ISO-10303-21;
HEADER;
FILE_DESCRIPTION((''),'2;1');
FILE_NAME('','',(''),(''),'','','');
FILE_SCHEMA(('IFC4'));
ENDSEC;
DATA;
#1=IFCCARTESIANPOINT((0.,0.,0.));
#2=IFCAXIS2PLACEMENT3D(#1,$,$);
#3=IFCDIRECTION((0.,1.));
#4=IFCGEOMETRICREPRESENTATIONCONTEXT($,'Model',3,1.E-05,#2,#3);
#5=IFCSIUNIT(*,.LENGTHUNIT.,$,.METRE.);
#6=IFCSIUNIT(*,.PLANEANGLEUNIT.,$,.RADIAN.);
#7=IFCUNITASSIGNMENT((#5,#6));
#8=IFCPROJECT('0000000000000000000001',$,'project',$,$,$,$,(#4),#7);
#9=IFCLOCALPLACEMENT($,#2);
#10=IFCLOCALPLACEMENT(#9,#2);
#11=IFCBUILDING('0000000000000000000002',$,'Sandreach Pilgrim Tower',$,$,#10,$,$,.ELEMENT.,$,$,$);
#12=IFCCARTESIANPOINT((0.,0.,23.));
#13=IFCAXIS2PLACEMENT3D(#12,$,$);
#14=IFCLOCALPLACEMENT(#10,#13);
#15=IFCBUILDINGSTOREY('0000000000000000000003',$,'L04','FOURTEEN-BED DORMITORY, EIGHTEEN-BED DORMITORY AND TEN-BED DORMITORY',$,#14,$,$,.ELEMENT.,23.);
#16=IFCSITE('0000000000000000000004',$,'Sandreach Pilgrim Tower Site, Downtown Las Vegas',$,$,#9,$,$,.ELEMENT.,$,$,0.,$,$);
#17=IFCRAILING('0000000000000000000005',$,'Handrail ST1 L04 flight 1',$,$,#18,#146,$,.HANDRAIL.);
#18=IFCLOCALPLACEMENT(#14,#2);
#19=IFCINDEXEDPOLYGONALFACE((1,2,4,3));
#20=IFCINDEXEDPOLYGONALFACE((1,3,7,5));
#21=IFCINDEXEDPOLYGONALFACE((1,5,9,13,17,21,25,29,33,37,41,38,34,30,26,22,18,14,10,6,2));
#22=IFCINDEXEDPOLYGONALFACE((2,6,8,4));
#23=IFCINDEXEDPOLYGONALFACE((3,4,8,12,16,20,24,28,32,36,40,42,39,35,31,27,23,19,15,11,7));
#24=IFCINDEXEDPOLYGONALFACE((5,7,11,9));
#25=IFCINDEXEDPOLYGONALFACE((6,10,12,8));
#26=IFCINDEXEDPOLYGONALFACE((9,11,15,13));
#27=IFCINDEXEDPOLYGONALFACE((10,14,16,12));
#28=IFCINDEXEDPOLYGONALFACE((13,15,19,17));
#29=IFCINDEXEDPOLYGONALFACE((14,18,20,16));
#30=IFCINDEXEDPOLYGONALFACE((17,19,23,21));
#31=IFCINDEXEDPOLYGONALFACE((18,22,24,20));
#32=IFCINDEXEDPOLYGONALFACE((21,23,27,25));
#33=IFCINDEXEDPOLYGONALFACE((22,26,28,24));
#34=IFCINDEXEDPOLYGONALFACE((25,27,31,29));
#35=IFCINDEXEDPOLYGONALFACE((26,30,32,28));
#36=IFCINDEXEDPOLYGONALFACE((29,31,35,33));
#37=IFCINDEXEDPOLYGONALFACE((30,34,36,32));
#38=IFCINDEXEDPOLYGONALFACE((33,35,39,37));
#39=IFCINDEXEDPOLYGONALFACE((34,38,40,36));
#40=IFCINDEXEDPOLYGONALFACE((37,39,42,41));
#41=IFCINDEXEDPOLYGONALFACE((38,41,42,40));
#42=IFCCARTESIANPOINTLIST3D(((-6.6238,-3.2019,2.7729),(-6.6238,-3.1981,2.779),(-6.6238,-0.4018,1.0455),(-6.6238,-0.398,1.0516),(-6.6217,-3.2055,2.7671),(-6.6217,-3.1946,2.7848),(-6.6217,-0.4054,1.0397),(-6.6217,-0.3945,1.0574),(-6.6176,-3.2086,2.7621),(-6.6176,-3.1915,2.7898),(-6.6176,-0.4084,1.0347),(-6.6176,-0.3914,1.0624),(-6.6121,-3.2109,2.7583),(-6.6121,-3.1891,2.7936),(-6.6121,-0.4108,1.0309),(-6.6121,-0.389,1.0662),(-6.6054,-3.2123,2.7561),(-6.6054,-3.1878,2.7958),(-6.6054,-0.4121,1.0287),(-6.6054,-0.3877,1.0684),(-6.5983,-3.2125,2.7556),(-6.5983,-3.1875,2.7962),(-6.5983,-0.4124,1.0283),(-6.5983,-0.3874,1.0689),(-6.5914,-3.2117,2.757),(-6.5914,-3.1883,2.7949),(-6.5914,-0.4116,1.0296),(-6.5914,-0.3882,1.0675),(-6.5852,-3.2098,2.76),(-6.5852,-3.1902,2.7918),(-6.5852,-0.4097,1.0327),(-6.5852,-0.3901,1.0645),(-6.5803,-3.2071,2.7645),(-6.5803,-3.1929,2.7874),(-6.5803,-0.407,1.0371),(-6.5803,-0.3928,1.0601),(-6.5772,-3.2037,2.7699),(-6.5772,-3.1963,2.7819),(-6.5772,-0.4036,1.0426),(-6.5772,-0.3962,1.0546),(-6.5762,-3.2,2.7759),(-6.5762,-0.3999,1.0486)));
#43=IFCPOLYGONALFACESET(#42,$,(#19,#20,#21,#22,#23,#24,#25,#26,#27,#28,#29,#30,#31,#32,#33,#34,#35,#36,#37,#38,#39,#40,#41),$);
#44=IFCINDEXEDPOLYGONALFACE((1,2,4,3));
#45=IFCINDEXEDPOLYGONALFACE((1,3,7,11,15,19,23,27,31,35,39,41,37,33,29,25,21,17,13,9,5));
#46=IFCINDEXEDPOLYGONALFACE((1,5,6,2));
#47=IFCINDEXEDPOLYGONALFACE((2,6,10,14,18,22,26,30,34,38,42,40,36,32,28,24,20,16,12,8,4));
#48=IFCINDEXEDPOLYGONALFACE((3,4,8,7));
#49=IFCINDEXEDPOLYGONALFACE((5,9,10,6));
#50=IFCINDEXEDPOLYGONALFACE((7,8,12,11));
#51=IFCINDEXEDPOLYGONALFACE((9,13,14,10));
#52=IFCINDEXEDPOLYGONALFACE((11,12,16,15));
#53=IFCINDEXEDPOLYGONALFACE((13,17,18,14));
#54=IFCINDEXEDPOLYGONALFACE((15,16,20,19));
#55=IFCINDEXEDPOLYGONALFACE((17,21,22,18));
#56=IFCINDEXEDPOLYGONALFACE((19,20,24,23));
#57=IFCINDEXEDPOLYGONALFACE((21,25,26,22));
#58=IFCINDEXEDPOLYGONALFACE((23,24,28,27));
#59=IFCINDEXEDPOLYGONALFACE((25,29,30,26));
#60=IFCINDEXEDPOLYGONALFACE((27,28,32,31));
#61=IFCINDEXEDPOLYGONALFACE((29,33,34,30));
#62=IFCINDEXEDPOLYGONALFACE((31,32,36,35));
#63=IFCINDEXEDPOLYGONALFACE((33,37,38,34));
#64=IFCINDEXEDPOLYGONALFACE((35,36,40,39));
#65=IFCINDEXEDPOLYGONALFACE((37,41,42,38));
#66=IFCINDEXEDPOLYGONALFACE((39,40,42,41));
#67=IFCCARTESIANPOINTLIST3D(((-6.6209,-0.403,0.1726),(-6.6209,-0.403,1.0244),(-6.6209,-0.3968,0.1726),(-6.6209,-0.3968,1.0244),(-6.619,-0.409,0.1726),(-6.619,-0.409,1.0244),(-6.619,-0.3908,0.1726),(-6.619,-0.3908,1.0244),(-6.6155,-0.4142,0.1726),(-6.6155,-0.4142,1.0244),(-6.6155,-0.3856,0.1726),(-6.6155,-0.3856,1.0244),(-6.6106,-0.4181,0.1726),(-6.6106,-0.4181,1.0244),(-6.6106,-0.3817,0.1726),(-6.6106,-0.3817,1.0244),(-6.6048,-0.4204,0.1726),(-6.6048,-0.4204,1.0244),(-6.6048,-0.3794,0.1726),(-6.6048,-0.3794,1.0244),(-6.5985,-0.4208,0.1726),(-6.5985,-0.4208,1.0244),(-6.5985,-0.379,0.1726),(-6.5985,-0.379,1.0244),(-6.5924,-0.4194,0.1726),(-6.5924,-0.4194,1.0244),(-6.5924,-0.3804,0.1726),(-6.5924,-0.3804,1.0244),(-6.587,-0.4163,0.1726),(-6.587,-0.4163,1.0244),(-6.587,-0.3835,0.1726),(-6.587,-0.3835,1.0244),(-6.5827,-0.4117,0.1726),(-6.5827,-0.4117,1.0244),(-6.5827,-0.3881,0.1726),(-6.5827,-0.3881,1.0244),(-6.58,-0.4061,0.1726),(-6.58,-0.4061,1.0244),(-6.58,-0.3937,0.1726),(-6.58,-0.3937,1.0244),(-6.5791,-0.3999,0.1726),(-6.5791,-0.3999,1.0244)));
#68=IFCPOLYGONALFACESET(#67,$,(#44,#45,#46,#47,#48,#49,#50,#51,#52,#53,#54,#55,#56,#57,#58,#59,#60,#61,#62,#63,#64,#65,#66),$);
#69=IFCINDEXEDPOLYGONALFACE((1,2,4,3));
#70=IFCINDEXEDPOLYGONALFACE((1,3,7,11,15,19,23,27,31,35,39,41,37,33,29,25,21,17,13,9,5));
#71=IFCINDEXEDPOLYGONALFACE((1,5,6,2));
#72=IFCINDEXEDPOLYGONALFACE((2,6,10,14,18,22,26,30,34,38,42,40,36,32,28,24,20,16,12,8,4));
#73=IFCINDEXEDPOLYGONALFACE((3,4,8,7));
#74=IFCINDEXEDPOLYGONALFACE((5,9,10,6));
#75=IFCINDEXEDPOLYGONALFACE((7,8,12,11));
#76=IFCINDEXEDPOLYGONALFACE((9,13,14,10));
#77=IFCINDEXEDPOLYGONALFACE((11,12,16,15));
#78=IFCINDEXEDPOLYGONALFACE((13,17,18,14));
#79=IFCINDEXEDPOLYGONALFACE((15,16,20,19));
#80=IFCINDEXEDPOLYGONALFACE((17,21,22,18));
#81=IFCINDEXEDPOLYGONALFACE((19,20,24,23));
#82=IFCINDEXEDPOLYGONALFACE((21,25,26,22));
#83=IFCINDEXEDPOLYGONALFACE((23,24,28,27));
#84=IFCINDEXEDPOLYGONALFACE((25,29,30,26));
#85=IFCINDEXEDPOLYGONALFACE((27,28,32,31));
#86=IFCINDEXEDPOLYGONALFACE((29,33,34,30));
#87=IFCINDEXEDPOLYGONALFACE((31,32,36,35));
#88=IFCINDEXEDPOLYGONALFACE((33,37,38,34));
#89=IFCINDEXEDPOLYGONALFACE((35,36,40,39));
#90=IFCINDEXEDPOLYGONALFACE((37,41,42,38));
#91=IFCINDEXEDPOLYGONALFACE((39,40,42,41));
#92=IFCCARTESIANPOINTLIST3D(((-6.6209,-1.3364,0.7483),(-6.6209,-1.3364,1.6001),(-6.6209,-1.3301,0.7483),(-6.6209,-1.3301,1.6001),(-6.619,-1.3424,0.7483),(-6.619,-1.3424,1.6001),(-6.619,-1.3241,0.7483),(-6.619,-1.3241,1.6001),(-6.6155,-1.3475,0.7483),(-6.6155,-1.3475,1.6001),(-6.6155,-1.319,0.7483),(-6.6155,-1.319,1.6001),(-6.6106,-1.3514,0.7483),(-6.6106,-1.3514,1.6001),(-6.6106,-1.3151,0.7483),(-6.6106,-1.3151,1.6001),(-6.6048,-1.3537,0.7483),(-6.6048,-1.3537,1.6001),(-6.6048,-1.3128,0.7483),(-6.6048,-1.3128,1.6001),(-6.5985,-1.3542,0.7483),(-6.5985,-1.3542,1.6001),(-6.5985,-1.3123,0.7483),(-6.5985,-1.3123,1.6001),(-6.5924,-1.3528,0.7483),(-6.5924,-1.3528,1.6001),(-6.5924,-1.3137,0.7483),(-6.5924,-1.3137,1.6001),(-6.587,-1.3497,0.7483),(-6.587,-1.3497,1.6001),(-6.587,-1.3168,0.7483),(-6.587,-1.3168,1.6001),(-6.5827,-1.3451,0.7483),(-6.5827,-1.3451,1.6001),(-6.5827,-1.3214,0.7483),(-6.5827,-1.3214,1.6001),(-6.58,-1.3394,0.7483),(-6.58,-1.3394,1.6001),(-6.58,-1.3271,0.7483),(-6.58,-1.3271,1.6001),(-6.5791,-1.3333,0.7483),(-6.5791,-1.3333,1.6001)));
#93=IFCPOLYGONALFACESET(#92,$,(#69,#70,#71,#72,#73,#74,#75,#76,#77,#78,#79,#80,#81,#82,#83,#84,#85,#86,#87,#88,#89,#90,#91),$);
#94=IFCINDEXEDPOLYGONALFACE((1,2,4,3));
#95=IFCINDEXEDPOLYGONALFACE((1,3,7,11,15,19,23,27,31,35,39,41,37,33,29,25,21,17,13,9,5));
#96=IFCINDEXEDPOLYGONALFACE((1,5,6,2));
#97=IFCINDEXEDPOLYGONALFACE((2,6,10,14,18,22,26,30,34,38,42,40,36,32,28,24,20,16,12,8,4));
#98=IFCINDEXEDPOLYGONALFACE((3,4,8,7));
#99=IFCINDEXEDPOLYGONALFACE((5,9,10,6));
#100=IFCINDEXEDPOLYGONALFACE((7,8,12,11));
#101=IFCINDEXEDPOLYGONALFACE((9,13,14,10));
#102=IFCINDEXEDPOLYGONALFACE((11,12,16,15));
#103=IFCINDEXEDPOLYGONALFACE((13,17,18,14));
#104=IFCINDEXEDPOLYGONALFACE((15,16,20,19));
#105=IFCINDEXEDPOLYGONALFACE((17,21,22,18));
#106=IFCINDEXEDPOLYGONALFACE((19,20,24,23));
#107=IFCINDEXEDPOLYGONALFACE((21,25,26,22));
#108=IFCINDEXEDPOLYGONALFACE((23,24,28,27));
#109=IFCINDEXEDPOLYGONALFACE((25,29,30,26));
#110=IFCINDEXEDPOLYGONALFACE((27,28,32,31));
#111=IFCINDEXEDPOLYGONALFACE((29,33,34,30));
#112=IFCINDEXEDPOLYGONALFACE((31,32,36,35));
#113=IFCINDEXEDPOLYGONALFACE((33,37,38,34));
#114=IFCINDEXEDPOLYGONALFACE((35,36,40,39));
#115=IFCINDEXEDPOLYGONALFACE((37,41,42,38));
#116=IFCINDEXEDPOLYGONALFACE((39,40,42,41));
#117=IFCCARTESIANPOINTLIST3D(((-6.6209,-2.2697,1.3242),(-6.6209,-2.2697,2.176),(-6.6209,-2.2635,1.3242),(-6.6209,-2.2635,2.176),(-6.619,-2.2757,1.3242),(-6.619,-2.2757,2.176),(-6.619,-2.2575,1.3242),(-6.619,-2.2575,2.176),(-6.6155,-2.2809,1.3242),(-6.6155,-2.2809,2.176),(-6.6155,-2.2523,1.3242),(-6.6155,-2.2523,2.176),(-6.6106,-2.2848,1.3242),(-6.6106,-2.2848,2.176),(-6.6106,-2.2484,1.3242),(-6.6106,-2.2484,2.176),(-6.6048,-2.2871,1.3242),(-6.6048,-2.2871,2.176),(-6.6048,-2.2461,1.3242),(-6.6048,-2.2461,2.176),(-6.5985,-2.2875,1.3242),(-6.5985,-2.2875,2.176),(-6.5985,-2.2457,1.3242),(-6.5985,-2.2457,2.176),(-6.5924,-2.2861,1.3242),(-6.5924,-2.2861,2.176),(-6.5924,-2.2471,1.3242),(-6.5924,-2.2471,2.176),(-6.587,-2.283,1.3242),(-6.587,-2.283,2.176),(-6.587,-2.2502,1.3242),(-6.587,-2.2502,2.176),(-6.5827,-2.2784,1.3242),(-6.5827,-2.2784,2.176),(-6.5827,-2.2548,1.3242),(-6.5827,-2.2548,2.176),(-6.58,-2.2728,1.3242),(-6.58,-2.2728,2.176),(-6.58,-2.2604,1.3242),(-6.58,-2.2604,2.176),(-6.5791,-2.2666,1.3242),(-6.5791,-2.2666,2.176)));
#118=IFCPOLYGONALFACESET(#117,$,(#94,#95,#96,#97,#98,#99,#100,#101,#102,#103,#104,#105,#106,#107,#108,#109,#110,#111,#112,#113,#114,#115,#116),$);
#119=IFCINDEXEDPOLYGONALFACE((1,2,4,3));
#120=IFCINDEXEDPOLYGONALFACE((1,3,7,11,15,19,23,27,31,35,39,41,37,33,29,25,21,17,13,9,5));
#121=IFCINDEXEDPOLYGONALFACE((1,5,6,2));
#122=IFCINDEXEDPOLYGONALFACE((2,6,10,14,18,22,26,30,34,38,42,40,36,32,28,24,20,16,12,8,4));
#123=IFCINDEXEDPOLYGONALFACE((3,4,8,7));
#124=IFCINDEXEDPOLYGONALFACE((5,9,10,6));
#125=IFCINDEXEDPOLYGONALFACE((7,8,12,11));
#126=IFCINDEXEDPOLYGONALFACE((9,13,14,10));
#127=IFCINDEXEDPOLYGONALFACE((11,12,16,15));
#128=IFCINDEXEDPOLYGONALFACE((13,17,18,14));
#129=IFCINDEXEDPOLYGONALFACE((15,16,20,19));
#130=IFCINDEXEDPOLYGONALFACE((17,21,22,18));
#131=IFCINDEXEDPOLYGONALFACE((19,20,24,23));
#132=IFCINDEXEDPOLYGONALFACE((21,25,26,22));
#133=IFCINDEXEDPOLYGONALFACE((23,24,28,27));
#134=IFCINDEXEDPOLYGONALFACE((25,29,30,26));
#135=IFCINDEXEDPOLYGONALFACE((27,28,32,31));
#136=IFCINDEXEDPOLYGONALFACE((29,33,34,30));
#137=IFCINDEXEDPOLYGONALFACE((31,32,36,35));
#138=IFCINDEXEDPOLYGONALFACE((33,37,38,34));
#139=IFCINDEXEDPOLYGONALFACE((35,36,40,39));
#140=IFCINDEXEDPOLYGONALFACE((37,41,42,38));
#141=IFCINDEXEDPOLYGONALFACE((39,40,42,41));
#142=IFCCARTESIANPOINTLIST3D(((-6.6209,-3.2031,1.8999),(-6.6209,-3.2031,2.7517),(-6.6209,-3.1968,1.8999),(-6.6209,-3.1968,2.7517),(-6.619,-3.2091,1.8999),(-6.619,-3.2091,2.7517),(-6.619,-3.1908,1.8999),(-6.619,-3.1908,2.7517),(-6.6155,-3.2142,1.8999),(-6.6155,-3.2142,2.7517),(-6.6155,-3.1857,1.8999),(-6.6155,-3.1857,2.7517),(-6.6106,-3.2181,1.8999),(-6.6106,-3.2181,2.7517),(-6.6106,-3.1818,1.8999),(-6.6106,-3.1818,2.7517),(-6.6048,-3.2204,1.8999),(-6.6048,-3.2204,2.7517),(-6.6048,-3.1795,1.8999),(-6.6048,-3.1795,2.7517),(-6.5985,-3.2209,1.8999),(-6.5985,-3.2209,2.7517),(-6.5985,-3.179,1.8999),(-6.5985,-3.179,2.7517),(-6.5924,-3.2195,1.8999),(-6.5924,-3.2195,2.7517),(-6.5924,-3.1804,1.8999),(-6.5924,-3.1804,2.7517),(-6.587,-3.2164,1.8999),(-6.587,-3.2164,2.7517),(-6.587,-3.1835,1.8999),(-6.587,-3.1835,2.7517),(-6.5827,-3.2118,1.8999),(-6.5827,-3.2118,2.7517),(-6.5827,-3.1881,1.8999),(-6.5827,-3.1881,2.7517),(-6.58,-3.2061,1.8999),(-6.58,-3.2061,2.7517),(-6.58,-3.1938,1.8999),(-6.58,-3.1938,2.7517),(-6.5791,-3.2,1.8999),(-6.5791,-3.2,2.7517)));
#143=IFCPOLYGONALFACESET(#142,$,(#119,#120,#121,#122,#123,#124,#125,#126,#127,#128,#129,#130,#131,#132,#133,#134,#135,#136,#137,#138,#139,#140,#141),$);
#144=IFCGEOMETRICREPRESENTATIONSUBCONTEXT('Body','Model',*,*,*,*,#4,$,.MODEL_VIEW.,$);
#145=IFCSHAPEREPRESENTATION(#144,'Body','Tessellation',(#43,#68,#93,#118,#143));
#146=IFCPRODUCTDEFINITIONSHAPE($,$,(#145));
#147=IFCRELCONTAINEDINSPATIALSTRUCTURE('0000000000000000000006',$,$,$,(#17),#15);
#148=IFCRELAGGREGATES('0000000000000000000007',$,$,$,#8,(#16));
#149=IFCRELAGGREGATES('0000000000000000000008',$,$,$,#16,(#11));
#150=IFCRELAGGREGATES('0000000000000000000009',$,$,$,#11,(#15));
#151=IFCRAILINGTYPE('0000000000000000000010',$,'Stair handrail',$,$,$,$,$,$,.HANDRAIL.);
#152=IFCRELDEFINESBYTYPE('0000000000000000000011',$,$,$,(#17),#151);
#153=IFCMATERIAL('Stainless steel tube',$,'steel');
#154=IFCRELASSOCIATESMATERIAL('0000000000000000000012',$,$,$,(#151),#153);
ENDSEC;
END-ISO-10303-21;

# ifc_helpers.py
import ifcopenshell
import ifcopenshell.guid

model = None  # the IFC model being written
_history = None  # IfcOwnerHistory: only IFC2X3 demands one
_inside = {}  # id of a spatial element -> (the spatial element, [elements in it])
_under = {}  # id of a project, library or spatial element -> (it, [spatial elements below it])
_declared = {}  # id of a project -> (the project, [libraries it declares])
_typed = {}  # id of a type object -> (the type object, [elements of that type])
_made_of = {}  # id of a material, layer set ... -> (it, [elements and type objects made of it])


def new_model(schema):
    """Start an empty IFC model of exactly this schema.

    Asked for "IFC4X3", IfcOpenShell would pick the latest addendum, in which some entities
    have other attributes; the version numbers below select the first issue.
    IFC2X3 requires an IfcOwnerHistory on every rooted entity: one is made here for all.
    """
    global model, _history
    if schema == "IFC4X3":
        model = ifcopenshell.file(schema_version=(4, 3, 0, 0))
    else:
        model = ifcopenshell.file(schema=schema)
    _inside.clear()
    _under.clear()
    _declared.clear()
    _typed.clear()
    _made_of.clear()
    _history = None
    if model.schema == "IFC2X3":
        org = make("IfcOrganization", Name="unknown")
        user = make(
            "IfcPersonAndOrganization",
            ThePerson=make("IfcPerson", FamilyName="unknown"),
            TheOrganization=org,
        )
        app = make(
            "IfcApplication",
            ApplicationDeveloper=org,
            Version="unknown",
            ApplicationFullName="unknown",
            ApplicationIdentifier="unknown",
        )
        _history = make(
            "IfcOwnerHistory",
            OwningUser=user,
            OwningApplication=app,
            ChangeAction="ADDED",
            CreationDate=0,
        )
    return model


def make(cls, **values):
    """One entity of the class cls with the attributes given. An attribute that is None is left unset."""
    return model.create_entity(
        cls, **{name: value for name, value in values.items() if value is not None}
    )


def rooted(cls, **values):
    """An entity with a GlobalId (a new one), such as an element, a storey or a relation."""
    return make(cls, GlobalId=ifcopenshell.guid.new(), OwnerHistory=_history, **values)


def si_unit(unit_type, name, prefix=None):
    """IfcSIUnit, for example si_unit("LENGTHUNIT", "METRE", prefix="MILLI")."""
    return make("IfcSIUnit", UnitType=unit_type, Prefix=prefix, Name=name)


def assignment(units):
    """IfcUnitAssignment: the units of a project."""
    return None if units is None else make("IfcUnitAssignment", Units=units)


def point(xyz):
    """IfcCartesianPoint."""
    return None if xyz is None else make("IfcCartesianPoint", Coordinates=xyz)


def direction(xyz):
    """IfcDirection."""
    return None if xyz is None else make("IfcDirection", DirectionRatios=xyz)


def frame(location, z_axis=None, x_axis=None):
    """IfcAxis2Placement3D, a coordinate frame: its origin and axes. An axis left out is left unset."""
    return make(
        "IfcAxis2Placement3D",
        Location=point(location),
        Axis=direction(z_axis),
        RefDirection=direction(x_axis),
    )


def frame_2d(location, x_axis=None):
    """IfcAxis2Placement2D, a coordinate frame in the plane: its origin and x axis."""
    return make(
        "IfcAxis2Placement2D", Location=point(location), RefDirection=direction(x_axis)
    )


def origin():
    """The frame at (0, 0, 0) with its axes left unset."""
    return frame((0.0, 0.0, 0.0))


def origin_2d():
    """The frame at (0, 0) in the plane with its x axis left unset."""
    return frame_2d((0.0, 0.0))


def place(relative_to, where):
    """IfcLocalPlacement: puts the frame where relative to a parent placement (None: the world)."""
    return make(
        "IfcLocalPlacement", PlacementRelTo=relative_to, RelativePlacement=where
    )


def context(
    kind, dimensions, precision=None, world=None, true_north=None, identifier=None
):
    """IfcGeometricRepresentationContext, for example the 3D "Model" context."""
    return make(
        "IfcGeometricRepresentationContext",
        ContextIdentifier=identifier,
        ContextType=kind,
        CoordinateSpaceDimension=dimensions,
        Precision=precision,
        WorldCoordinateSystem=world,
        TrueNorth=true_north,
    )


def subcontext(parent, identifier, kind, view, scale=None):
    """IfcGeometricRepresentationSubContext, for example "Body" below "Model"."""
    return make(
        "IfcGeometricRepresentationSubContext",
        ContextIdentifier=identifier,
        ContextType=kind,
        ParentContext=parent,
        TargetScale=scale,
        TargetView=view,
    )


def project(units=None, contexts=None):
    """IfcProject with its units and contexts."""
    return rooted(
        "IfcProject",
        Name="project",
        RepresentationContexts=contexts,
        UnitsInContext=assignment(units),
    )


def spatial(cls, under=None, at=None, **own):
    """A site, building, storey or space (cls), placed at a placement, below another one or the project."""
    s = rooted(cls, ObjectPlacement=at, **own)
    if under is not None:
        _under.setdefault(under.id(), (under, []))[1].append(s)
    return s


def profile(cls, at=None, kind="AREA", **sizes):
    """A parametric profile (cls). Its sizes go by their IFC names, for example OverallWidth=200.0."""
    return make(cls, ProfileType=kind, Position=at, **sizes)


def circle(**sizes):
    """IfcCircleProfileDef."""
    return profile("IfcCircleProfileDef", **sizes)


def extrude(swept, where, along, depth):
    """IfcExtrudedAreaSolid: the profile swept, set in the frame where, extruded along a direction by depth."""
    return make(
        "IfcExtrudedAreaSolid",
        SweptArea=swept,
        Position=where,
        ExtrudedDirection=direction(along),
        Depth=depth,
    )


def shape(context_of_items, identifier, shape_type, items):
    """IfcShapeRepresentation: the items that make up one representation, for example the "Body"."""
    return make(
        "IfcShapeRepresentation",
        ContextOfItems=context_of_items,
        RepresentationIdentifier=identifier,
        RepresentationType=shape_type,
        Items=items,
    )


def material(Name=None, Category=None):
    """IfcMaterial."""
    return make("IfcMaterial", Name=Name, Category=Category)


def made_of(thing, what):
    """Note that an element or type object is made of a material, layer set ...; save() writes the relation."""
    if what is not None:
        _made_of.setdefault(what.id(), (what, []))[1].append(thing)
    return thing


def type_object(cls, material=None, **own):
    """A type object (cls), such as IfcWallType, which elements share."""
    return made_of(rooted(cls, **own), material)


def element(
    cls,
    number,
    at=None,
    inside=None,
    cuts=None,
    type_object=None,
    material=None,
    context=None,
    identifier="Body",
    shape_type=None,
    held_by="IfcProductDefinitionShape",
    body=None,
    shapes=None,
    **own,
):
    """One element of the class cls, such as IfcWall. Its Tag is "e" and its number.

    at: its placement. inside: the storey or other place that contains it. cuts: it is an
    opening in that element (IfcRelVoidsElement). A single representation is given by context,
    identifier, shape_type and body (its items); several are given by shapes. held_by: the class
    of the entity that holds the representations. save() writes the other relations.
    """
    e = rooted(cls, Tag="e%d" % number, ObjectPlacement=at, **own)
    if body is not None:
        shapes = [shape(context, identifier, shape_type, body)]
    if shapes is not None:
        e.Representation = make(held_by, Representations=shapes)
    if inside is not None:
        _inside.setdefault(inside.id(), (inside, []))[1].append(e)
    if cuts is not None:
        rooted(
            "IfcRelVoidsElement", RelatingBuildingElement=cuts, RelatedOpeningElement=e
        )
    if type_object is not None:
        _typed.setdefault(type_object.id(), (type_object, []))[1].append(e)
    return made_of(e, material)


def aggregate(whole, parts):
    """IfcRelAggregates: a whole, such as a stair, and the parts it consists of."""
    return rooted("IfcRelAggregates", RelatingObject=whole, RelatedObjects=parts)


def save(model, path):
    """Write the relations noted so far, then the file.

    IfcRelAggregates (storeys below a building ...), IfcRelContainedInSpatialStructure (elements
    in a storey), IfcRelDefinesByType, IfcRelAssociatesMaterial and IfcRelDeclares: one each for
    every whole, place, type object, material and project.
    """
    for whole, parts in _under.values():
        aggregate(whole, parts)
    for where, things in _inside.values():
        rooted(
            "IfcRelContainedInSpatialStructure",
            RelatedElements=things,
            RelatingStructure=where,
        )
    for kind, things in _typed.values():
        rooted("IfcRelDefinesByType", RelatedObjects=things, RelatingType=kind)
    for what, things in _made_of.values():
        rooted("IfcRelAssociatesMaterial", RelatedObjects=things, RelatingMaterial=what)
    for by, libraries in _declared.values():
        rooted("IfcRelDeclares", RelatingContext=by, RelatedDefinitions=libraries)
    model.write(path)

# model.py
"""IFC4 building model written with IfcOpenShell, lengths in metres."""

from ifc_helpers import new_model, si_unit, direction, frame, origin, origin_2d, place, context, subcontext, project, spatial, circle, extrude, material, type_object, element, save


model = new_model("IFC4")

# Units and contexts
model_context = context("Model", 3, precision=1e-05, world=origin(), true_north=direction((0.0, 1.0)))
body_context = subcontext(model_context, "Body", "Model", "MODEL_VIEW")
ifc_project = project(units=[si_unit("LENGTHUNIT", "METRE"), si_unit("PLANEANGLEUNIT", "RADIAN")], contexts=[model_context])

# Site, building, storey
site_placement = place(None, origin())
site = spatial("IfcSite", under=ifc_project, at=site_placement, Name="Sandreach Pilgrim Tower Site, Downtown Las Vegas", CompositionType="ELEMENT", RefElevation=0.0)
building_placement = place(site_placement, origin())
building = spatial("IfcBuilding", under=site, at=building_placement, Name="Sandreach Pilgrim Tower", CompositionType="ELEMENT")
storey_placement = place(building_placement, frame((0.0, 0.0, 23.0)))
storey = spatial("IfcBuildingStorey", under=building, at=storey_placement, Name="L04", Description="FOURTEEN-BED DORMITORY, EIGHTEEN-BED DORMITORY AND TEN-BED DORMITORY", CompositionType="ELEMENT", Elevation=23.0)

# Railing
ifc_material_1 = material(Name="Stainless steel tube", Category="steel")
railing_type = type_object("IfcRailingType", Name="Stair handrail", PredefinedType="HANDRAIL", material=ifc_material_1)
for number, where, name in (
    (1, (-6.6001, -0.3999, 0.1726), "Handrail ST1 L04 flight 1"),
):
    element("IfcRailing", number, at=place(storey_placement, frame(where)), inside=storey, type_object=railing_type, Name=name, PredefinedType="HANDRAIL", context=body_context, shape_type="SweptSolid", body=[
        extrude(circle(Radius=0.0239, at=origin_2d()), frame((0.0, 0.0, 0.876), z_axis=(0.0, -0.85109, 0.52502), x_axis=(1.0, 0.0, 0.0)), (0.0, 0.0, 1.0), 3.29),
        extrude(circle(Radius=0.021, at=origin_2d()), origin(), (0.0, 0.0, 1.0), 0.8518),
        extrude(circle(Radius=0.021, at=origin_2d()), frame((0.0, -0.9333, 0.5757)), (0.0, 0.0, 1.0), 0.8518),
        extrude(circle(Radius=0.021, at=origin_2d()), frame((0.0, -1.8667, 1.1516)), (0.0, 0.0, 1.0), 0.8518),
        extrude(circle(Radius=0.021, at=origin_2d()), frame((0.0, -2.8, 1.7273)), (0.0, 0.0, 1.0), 0.8518),
    ])

save(model, "model.ifc")
